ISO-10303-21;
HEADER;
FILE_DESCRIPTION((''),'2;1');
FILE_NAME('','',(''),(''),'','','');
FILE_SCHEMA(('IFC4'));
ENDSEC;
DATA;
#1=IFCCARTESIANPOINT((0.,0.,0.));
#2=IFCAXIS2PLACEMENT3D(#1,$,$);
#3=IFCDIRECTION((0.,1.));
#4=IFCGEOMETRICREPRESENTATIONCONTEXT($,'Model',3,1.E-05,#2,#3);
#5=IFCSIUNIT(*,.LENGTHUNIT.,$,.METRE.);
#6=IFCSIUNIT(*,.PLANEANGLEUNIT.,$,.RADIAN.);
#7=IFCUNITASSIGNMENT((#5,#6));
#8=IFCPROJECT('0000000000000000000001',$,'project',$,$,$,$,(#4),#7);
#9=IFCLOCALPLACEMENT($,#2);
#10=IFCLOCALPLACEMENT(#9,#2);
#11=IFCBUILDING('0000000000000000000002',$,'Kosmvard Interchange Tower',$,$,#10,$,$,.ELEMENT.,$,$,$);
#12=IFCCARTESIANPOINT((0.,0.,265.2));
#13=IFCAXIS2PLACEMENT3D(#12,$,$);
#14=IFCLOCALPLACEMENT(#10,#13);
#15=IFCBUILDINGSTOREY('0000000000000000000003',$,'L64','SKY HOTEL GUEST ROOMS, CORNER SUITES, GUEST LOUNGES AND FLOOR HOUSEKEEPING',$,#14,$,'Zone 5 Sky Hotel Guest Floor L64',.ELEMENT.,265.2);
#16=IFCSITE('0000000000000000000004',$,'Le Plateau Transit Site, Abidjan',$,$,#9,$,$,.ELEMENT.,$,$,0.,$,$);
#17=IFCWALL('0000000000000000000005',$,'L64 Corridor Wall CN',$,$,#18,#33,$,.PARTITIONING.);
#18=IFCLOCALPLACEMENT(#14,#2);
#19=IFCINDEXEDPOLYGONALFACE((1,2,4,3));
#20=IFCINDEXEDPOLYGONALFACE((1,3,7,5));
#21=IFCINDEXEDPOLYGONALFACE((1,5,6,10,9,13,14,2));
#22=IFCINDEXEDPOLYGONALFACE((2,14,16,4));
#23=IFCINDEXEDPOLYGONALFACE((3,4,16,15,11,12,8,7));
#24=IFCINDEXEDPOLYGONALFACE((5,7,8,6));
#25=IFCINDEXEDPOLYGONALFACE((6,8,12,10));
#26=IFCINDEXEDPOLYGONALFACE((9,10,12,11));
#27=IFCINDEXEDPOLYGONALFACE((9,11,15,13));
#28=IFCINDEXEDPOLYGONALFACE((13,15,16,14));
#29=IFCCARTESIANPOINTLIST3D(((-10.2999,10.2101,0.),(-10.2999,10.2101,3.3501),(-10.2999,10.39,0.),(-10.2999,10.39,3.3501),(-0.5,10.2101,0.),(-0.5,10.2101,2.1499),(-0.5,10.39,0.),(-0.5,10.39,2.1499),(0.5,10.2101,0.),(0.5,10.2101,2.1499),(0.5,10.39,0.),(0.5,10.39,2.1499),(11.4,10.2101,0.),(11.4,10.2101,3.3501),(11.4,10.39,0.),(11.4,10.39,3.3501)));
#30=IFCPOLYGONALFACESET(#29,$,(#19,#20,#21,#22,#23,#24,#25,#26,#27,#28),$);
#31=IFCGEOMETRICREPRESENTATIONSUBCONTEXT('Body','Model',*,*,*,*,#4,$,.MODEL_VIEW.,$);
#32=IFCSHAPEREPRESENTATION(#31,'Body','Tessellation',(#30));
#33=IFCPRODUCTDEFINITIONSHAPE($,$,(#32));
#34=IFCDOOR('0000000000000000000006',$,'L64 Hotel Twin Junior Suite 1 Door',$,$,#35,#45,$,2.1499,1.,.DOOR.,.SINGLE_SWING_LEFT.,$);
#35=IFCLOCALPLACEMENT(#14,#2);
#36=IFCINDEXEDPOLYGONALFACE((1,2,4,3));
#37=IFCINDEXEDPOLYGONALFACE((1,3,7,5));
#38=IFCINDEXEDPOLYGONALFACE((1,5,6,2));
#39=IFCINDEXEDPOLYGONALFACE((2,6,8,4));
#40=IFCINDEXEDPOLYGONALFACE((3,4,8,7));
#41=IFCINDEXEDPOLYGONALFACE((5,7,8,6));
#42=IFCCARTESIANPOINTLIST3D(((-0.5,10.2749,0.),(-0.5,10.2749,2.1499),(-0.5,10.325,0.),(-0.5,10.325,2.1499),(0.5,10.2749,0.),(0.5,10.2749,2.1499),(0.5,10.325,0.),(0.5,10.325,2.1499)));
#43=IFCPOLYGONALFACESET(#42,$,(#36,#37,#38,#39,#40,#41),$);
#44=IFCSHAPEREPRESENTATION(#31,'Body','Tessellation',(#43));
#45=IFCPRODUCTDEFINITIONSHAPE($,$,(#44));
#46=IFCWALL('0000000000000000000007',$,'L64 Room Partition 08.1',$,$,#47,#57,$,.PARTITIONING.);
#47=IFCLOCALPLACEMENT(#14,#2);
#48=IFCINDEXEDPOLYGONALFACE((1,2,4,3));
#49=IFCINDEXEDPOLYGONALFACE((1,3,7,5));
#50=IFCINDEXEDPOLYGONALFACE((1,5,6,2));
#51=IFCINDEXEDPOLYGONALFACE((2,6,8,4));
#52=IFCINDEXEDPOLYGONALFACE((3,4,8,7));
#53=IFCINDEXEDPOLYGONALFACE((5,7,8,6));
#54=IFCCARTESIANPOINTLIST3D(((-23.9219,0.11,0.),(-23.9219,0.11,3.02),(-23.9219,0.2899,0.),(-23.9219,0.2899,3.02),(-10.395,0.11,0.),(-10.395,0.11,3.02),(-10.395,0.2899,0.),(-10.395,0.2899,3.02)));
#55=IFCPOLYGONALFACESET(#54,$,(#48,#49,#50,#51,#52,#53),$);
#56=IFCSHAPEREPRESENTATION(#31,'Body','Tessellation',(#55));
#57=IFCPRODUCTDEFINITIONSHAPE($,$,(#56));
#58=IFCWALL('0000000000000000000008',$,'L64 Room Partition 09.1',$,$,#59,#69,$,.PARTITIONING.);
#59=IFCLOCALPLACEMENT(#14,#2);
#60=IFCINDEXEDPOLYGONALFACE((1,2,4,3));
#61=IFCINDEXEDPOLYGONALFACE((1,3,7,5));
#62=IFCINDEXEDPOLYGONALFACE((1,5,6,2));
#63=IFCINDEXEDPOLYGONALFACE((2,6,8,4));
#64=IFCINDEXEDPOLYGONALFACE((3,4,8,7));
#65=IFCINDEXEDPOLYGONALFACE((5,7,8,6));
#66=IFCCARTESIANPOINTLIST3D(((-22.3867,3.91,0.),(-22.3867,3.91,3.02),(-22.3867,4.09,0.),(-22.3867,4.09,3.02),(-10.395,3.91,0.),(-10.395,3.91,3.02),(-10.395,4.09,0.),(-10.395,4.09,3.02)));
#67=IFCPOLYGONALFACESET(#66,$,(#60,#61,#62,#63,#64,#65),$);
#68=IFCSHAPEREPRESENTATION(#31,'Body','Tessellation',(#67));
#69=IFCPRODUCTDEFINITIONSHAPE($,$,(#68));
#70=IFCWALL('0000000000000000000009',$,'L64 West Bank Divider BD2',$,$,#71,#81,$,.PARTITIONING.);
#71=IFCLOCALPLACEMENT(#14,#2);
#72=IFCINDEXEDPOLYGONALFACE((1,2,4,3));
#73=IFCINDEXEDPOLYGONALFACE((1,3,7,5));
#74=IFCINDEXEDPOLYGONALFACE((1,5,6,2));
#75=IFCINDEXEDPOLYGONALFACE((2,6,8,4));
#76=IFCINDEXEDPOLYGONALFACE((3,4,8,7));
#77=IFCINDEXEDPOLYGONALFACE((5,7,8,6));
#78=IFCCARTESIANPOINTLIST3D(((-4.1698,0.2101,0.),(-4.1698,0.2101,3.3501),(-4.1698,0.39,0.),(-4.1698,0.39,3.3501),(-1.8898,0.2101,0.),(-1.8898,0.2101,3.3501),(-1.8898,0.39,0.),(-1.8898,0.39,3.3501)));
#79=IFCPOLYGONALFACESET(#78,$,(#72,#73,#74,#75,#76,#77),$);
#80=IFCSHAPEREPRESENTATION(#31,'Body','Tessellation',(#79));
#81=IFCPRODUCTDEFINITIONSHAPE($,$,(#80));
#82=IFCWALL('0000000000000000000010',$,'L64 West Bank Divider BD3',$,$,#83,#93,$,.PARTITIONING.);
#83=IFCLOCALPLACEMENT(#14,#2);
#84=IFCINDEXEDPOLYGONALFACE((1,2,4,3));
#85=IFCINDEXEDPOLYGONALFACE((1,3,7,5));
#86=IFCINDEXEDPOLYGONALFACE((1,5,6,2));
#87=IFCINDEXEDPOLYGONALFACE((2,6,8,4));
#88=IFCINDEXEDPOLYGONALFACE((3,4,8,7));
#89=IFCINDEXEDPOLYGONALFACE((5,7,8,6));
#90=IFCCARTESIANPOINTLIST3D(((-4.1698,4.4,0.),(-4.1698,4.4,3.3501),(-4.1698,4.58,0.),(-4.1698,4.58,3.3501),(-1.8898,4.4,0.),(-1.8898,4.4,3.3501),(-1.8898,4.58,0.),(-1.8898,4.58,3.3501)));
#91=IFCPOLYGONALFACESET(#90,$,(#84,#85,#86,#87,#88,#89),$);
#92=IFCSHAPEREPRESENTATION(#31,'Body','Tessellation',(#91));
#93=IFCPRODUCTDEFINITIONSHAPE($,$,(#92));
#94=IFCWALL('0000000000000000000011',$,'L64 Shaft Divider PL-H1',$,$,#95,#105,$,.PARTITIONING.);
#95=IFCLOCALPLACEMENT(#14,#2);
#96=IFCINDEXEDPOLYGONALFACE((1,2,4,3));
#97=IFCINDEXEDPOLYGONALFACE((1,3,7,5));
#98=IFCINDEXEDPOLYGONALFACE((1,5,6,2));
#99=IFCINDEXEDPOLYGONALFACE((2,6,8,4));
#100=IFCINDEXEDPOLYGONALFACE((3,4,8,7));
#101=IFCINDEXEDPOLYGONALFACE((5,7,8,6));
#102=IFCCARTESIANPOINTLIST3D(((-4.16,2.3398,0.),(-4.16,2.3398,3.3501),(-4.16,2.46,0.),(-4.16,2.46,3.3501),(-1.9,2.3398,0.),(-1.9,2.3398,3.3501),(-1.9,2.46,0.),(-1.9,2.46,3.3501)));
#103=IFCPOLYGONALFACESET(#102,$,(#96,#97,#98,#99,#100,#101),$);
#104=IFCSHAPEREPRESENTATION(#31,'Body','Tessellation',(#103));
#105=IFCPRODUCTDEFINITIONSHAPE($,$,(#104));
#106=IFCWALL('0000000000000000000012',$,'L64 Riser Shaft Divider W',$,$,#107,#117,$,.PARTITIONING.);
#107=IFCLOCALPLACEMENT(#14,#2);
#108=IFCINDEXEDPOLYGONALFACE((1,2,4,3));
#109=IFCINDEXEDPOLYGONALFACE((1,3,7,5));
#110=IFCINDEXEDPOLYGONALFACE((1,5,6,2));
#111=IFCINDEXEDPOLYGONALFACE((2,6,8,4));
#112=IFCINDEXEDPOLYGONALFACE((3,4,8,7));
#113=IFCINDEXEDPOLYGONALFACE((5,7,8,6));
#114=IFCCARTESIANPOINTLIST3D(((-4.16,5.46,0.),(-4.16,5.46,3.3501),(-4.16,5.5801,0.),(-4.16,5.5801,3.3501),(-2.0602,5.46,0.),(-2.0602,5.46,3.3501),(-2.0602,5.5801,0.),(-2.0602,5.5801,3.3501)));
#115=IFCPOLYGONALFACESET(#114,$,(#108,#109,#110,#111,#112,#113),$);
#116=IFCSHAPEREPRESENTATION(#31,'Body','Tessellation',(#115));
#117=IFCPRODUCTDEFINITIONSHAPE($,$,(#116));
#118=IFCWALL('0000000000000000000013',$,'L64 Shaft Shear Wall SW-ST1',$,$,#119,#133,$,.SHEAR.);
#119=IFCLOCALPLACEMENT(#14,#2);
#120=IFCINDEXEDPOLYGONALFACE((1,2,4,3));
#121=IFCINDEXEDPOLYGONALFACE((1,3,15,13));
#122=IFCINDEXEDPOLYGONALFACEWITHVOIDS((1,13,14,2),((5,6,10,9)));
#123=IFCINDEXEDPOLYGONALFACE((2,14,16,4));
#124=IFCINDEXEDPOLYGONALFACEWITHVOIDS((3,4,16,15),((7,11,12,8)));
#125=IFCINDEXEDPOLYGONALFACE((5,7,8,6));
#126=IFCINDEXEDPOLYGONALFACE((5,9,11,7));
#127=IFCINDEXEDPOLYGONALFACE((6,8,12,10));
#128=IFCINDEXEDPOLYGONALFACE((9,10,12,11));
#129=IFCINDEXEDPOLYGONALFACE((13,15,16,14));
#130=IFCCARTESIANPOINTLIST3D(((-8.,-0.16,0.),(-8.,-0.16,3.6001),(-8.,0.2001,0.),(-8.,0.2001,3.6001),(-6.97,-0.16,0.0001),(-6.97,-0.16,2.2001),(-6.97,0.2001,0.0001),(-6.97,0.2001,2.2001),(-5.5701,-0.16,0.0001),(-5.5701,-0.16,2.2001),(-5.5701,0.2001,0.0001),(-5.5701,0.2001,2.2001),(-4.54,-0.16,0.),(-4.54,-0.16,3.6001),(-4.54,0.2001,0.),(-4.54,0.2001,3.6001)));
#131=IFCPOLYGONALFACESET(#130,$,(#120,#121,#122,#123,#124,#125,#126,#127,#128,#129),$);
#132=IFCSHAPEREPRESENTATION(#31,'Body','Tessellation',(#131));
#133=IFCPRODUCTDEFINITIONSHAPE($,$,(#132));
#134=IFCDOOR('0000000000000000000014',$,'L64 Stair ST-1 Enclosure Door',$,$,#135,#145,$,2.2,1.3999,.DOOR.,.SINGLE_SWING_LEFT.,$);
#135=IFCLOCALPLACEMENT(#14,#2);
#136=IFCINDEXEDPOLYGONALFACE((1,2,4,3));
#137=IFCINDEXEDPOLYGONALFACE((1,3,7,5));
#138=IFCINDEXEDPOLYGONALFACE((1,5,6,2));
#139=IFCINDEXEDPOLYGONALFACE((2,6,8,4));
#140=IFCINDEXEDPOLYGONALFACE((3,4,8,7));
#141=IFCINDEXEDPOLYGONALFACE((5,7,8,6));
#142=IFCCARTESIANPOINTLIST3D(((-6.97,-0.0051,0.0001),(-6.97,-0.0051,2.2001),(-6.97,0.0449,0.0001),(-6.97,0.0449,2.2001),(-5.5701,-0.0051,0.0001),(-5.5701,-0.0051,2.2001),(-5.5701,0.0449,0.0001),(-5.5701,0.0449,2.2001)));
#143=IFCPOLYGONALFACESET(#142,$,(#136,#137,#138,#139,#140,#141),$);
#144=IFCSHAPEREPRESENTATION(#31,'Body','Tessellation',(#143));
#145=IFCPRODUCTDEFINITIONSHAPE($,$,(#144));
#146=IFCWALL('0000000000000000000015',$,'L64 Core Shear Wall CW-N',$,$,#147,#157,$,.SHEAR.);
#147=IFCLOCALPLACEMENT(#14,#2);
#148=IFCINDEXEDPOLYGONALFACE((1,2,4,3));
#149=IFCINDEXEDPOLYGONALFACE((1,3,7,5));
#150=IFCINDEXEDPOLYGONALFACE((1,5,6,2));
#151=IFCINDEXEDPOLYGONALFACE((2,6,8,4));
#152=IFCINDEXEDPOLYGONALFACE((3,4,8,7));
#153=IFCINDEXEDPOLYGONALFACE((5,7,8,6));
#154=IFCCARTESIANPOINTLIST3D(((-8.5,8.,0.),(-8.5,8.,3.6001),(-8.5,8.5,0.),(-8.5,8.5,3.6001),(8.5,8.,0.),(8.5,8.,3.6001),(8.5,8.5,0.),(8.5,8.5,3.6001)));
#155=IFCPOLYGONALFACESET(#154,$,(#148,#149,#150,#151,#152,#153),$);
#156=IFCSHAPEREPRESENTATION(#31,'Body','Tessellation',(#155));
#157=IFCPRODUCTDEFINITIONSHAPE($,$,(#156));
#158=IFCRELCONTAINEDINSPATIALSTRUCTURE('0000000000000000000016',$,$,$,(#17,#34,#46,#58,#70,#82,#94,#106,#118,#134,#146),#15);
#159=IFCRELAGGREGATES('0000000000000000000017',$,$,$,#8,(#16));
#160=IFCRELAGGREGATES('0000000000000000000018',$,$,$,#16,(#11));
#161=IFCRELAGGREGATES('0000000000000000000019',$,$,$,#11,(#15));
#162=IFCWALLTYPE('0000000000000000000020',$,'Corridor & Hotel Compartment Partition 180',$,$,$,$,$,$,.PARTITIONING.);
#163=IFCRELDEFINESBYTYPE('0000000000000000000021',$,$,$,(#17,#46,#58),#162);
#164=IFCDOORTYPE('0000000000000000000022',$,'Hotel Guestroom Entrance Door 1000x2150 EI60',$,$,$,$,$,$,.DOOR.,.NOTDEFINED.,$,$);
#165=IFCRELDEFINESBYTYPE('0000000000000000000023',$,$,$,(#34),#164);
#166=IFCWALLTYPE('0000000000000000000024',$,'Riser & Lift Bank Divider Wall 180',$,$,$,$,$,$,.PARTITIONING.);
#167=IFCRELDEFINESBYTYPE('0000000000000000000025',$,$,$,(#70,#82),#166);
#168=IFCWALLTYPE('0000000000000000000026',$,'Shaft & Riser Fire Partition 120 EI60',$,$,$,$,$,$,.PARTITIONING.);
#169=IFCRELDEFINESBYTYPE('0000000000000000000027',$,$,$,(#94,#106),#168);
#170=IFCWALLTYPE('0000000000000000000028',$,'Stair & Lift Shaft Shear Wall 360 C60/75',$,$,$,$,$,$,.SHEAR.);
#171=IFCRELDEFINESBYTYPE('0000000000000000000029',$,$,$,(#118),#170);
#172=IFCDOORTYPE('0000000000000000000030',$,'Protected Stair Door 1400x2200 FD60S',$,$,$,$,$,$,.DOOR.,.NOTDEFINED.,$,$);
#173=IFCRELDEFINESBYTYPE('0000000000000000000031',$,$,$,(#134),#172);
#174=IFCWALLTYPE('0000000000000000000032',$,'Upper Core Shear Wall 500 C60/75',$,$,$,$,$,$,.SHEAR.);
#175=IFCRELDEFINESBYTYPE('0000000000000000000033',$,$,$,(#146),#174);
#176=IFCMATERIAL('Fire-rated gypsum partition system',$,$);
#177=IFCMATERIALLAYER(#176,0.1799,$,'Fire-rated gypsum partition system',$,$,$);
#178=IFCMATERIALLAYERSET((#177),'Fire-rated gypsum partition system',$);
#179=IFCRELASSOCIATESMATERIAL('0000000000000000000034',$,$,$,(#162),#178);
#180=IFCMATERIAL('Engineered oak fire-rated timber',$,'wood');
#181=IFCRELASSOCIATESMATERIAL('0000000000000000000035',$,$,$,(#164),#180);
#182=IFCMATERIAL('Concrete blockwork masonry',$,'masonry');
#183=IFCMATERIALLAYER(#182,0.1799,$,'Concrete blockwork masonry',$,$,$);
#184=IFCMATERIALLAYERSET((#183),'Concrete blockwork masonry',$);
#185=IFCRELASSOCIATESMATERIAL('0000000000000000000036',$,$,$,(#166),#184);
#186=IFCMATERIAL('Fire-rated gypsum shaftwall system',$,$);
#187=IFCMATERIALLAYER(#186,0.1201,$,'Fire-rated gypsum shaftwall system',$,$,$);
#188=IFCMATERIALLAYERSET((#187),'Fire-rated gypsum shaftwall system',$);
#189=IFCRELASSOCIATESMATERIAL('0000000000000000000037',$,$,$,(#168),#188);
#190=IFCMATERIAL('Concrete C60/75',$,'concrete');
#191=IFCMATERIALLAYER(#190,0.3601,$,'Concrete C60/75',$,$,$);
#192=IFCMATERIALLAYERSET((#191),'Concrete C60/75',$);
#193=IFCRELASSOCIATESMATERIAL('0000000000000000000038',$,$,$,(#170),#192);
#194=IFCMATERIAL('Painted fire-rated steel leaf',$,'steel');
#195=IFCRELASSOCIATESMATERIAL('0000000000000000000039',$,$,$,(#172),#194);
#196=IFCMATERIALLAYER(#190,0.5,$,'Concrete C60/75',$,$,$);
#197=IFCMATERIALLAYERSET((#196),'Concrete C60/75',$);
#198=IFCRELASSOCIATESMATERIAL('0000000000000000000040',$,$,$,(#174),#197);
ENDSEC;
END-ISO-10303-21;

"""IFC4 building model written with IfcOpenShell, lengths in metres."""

from ifc_helpers import new_model, si_unit, direction, frame, frame_2d, origin, place, context, subcontext, project, spatial, rectangle, extrude, source, transform, mapped, material, layer, layer_set, type_object, element, fill, save


model = new_model("IFC4")

# Units and contexts
model_context = context("Model", 3, precision=1e-05, world=origin(), true_north=direction((0.0, 1.0)))
body_context = subcontext(model_context, "Body", "Model", "MODEL_VIEW")
ifc_project = project(units=[si_unit("LENGTHUNIT", "METRE"), si_unit("PLANEANGLEUNIT", "RADIAN")], contexts=[model_context])

# Site, building, storey
site_placement = place(None, origin())
site = spatial("IfcSite", under=ifc_project, at=site_placement, Name="Le Plateau Transit Site, Abidjan", CompositionType="ELEMENT", RefElevation=0.0)
building_placement = place(site_placement, origin())
building = spatial("IfcBuilding", under=site, at=building_placement, Name="Kosmvard Interchange Tower", CompositionType="ELEMENT")
storey_placement = place(building_placement, frame((0.0, 0.0, 265.2)))
storey = spatial("IfcBuildingStorey", under=building, at=storey_placement, Name="L64", Description="SKY HOTEL GUEST ROOMS, CORNER SUITES, GUEST LOUNGES AND FLOOR HOUSEKEEPING", LongName="Zone 5 Sky Hotel Guest Floor L64", CompositionType="ELEMENT", Elevation=265.2)

# Shared definitions
ifc_material_1 = material(Name="Fire-rated gypsum partition system")

# Shared definitions
ifc_layer_1 = layer(ifc_material_1, 0.1799, Name="Fire-rated gypsum partition system")
ifc_layer_set_1 = layer_set([ifc_layer_1], Name="Fire-rated gypsum partition system")
wall_type_1 = type_object("IfcWallType", Name="Corridor & Hotel Compartment Partition 180", PredefinedType="PARTITIONING", material=ifc_layer_set_1)

# Wall, opening, door
wall_1_placement = place(storey_placement, frame((-10.3, 10.3, 0.0), z_axis=(0.0, 0.0, 1.0), x_axis=(1.0, 0.0, 0.0)))
wall_1 = element("IfcWall", 1, at=wall_1_placement, inside=storey, type_object=wall_type_1, Name="L64 Corridor Wall CN", PredefinedType="PARTITIONING", context=body_context, shape_type="SweptSolid", body=[
    extrude(rectangle(XDim=21.7, YDim=0.1799, at=frame_2d((10.8501, 0.0))), origin(), (0.0, 0.0, 1.0), 3.3501),
])
opening_1_placement = place(wall_1_placement, frame((9.8, 0.0, 0.0)))
opening_1 = element("IfcOpeningElement", 2, at=opening_1_placement, cuts=wall_1, PredefinedType="OPENING", context=body_context, shape_type="SweptSolid", body=[
    extrude(rectangle(XDim=1.0, YDim=2.1499, at=frame_2d((0.5, 1.075))), frame((0.0, 0.1001, 0.0), z_axis=(0.0, -1.0, 0.0), x_axis=(1.0, 0.0, 0.0)), (0.0, 0.0, 1.0), 0.2),
])
ifc_material_2 = material(Name="Engineered oak fire-rated timber", Category="wood")
door_type_1 = type_object("IfcDoorType", Name="Hotel Guestroom Entrance Door 1000x2150 EI60", OperationType="NOTDEFINED", PredefinedType="DOOR", material=ifc_material_2)
shared_shape_1 = source(origin(), body_context, "Body", "SweptSolid", [
    extrude(rectangle(XDim=1.0, YDim=2.1499, at=frame_2d((0.5, 1.075))), frame((0.0, 0.0249, 0.0), z_axis=(0.0, -1.0, 0.0), x_axis=(1.0, 0.0, 0.0)), (0.0, 0.0, 1.0), 0.05),
])
door_1_placement = place(opening_1_placement, origin())
door_1 = element("IfcDoor", 3, at=door_1_placement, inside=storey, type_object=door_type_1, Name="L64 Hotel Twin Junior Suite 1 Door", OperationType="SINGLE_SWING_LEFT", OverallHeight=2.1499, OverallWidth=1.0, PredefinedType="DOOR", context=body_context, shape_type="MappedRepresentation", body=[
    mapped(shared_shape_1, transform((0.0, 0.0, 0.0), scale=1.0)),
])
fill(opening_1, door_1)

# Walls
wall_2_placement = place(storey_placement, frame((-10.395, 0.2, 0.0), z_axis=(0.0, 0.0, 1.0), x_axis=(-1.0, 0.0, 0.0)))
element("IfcWall", 4, at=wall_2_placement, inside=storey, type_object=wall_type_1, Name="L64 Room Partition 08.1", PredefinedType="PARTITIONING", context=body_context, shape_type="SweptSolid", body=[
    extrude(rectangle(XDim=13.5269, YDim=0.1799, at=frame_2d((6.7634, 0.0))), origin(), (0.0, 0.0, 1.0), 3.02),
])
wall_3_placement = place(storey_placement, frame((-10.395, 4.0, 0.0), z_axis=(0.0, 0.0, 1.0), x_axis=(-1.0, 0.0, 0.0)))
element("IfcWall", 5, at=wall_3_placement, inside=storey, type_object=wall_type_1, Name="L64 Room Partition 09.1", PredefinedType="PARTITIONING", context=body_context, shape_type="SweptSolid", body=[
    extrude(rectangle(XDim=11.9917, YDim=0.1799, at=frame_2d((5.9958, 0.0))), origin(), (0.0, 0.0, 1.0), 3.02),
])
ifc_material_3 = material(Name="Concrete blockwork masonry", Category="masonry")
ifc_layer_2 = layer(ifc_material_3, 0.1799, Name="Concrete blockwork masonry")
ifc_layer_set_2 = layer_set([ifc_layer_2], Name="Concrete blockwork masonry")
wall_type_2 = type_object("IfcWallType", Name="Riser & Lift Bank Divider Wall 180", PredefinedType="PARTITIONING", material=ifc_layer_set_2)
for number, where, z_axis, x_axis, name in (
    (6, (-4.1699, 0.3, 0.0), (0.0, 0.0, 1.0), (1.0, 0.0, 0.0), "L64 West Bank Divider BD2"),
    (7, (-4.1699, 4.49, 0.0), (0.0, 0.0, 1.0), (1.0, 0.0, 0.0), "L64 West Bank Divider BD3"),
):
    element("IfcWall", number, at=place(storey_placement, frame(where, z_axis=z_axis, x_axis=x_axis)), inside=storey, type_object=wall_type_2, Name=name, PredefinedType="PARTITIONING", context=body_context, shape_type="SweptSolid", body=[
        extrude(rectangle(XDim=2.28, YDim=0.1799, at=frame_2d((1.1401, 0.0))), origin(), (0.0, 0.0, 1.0), 3.3501),
    ])
ifc_material_4 = material(Name="Fire-rated gypsum shaftwall system")
ifc_layer_3 = layer(ifc_material_4, 0.1201, Name="Fire-rated gypsum shaftwall system")
ifc_layer_set_3 = layer_set([ifc_layer_3], Name="Fire-rated gypsum shaftwall system")
wall_type_3 = type_object("IfcWallType", Name="Shaft & Riser Fire Partition 120 EI60", PredefinedType="PARTITIONING", material=ifc_layer_set_3)
wall_4_placement = place(storey_placement, frame((-4.1599, 2.3999, 0.0), z_axis=(0.0, 0.0, 1.0), x_axis=(1.0, 0.0, 0.0)))
element("IfcWall", 8, at=wall_4_placement, inside=storey, type_object=wall_type_3, Name="L64 Shaft Divider PL-H1", PredefinedType="PARTITIONING", context=body_context, shape_type="SweptSolid", body=[
    extrude(rectangle(XDim=2.26, YDim=0.1201, at=frame_2d((1.1299, 0.0))), origin(), (0.0, 0.0, 1.0), 3.3501),
])
wall_5_placement = place(storey_placement, frame((-4.1599, 5.52, 0.0), z_axis=(0.0, 0.0, 1.0), x_axis=(1.0, 0.0, 0.0)))
element("IfcWall", 9, at=wall_5_placement, inside=storey, type_object=wall_type_3, Name="L64 Riser Shaft Divider W", PredefinedType="PARTITIONING", context=body_context, shape_type="SweptSolid", body=[
    extrude(rectangle(XDim=2.0999, YDim=0.1201, at=frame_2d((1.0498, 0.0))), origin(), (0.0, 0.0, 1.0), 3.3501),
])

# Wall, opening, door
ifc_material_5 = material(Name="Concrete C60/75", Category="concrete")
ifc_layer_4 = layer(ifc_material_5, 0.3601, Name="Concrete C60/75")
ifc_layer_set_4 = layer_set([ifc_layer_4], Name="Concrete C60/75")
wall_type_4 = type_object("IfcWallType", Name="Stair & Lift Shaft Shear Wall 360 C60/75", PredefinedType="SHEAR", material=ifc_layer_set_4)
wall_6_placement = place(storey_placement, frame((-8.0, 0.02, 0.0), z_axis=(0.0, 0.0, 1.0), x_axis=(1.0, 0.0, 0.0)))
wall_6 = element("IfcWall", 10, at=wall_6_placement, inside=storey, type_object=wall_type_4, Name="L64 Shaft Shear Wall SW-ST1", PredefinedType="SHEAR", context=body_context, shape_type="SweptSolid", body=[
    extrude(rectangle(XDim=3.46, YDim=0.3601, at=frame_2d((1.73, 0.0))), origin(), (0.0, 0.0, 1.0), 3.6001),
])
opening_2_placement = place(wall_6_placement, frame((1.03, 0.0, 0.0)))
opening_2 = element("IfcOpeningElement", 11, at=opening_2_placement, cuts=wall_6, PredefinedType="OPENING", context=body_context, shape_type="SweptSolid", body=[
    extrude(rectangle(XDim=1.3999, YDim=2.2, at=frame_2d((0.7, 1.1001))), frame((0.0, 0.1899, 0.0), z_axis=(0.0, -1.0, 0.0), x_axis=(1.0, 0.0, 0.0)), (0.0, 0.0, 1.0), 0.3801),
])
ifc_material_6 = material(Name="Painted fire-rated steel leaf", Category="steel")
door_type_2 = type_object("IfcDoorType", Name="Protected Stair Door 1400x2200 FD60S", OperationType="NOTDEFINED", PredefinedType="DOOR", material=ifc_material_6)
shared_shape_2 = source(origin(), body_context, "Body", "SweptSolid", [
    extrude(rectangle(XDim=1.3999, YDim=2.2, at=frame_2d((0.7, 1.1001))), frame((0.0, 0.0249, 0.0), z_axis=(0.0, -1.0, 0.0), x_axis=(1.0, 0.0, 0.0)), (0.0, 0.0, 1.0), 0.05),
])
door_2_placement = place(opening_2_placement, origin())
door_2 = element("IfcDoor", 12, at=door_2_placement, inside=storey, type_object=door_type_2, Name="L64 Stair ST-1 Enclosure Door", OperationType="SINGLE_SWING_LEFT", OverallHeight=2.2, OverallWidth=1.3999, PredefinedType="DOOR", context=body_context, shape_type="MappedRepresentation", body=[
    mapped(shared_shape_2, transform((0.0, 0.0, 0.0), scale=1.0)),
])
fill(opening_2, door_2)

# Wall
ifc_layer_5 = layer(ifc_material_5, 0.5, Name="Concrete C60/75")
ifc_layer_set_5 = layer_set([ifc_layer_5], Name="Concrete C60/75")
wall_type_5 = type_object("IfcWallType", Name="Upper Core Shear Wall 500 C60/75", PredefinedType="SHEAR", material=ifc_layer_set_5)
wall_7_placement = place(storey_placement, frame((-8.5, 8.25, 0.0), z_axis=(0.0, 0.0, 1.0), x_axis=(1.0, 0.0, 0.0)))
element("IfcWall", 13, at=wall_7_placement, inside=storey, type_object=wall_type_5, Name="L64 Core Shear Wall CW-N", PredefinedType="SHEAR", context=body_context, shape_type="SweptSolid", body=[
    extrude(rectangle(XDim=17.0, YDim=0.5, at=frame_2d((8.5, 0.0))), origin(), (0.0, 0.0, 1.0), 3.6001),
])

save(model, "model.ifc")
